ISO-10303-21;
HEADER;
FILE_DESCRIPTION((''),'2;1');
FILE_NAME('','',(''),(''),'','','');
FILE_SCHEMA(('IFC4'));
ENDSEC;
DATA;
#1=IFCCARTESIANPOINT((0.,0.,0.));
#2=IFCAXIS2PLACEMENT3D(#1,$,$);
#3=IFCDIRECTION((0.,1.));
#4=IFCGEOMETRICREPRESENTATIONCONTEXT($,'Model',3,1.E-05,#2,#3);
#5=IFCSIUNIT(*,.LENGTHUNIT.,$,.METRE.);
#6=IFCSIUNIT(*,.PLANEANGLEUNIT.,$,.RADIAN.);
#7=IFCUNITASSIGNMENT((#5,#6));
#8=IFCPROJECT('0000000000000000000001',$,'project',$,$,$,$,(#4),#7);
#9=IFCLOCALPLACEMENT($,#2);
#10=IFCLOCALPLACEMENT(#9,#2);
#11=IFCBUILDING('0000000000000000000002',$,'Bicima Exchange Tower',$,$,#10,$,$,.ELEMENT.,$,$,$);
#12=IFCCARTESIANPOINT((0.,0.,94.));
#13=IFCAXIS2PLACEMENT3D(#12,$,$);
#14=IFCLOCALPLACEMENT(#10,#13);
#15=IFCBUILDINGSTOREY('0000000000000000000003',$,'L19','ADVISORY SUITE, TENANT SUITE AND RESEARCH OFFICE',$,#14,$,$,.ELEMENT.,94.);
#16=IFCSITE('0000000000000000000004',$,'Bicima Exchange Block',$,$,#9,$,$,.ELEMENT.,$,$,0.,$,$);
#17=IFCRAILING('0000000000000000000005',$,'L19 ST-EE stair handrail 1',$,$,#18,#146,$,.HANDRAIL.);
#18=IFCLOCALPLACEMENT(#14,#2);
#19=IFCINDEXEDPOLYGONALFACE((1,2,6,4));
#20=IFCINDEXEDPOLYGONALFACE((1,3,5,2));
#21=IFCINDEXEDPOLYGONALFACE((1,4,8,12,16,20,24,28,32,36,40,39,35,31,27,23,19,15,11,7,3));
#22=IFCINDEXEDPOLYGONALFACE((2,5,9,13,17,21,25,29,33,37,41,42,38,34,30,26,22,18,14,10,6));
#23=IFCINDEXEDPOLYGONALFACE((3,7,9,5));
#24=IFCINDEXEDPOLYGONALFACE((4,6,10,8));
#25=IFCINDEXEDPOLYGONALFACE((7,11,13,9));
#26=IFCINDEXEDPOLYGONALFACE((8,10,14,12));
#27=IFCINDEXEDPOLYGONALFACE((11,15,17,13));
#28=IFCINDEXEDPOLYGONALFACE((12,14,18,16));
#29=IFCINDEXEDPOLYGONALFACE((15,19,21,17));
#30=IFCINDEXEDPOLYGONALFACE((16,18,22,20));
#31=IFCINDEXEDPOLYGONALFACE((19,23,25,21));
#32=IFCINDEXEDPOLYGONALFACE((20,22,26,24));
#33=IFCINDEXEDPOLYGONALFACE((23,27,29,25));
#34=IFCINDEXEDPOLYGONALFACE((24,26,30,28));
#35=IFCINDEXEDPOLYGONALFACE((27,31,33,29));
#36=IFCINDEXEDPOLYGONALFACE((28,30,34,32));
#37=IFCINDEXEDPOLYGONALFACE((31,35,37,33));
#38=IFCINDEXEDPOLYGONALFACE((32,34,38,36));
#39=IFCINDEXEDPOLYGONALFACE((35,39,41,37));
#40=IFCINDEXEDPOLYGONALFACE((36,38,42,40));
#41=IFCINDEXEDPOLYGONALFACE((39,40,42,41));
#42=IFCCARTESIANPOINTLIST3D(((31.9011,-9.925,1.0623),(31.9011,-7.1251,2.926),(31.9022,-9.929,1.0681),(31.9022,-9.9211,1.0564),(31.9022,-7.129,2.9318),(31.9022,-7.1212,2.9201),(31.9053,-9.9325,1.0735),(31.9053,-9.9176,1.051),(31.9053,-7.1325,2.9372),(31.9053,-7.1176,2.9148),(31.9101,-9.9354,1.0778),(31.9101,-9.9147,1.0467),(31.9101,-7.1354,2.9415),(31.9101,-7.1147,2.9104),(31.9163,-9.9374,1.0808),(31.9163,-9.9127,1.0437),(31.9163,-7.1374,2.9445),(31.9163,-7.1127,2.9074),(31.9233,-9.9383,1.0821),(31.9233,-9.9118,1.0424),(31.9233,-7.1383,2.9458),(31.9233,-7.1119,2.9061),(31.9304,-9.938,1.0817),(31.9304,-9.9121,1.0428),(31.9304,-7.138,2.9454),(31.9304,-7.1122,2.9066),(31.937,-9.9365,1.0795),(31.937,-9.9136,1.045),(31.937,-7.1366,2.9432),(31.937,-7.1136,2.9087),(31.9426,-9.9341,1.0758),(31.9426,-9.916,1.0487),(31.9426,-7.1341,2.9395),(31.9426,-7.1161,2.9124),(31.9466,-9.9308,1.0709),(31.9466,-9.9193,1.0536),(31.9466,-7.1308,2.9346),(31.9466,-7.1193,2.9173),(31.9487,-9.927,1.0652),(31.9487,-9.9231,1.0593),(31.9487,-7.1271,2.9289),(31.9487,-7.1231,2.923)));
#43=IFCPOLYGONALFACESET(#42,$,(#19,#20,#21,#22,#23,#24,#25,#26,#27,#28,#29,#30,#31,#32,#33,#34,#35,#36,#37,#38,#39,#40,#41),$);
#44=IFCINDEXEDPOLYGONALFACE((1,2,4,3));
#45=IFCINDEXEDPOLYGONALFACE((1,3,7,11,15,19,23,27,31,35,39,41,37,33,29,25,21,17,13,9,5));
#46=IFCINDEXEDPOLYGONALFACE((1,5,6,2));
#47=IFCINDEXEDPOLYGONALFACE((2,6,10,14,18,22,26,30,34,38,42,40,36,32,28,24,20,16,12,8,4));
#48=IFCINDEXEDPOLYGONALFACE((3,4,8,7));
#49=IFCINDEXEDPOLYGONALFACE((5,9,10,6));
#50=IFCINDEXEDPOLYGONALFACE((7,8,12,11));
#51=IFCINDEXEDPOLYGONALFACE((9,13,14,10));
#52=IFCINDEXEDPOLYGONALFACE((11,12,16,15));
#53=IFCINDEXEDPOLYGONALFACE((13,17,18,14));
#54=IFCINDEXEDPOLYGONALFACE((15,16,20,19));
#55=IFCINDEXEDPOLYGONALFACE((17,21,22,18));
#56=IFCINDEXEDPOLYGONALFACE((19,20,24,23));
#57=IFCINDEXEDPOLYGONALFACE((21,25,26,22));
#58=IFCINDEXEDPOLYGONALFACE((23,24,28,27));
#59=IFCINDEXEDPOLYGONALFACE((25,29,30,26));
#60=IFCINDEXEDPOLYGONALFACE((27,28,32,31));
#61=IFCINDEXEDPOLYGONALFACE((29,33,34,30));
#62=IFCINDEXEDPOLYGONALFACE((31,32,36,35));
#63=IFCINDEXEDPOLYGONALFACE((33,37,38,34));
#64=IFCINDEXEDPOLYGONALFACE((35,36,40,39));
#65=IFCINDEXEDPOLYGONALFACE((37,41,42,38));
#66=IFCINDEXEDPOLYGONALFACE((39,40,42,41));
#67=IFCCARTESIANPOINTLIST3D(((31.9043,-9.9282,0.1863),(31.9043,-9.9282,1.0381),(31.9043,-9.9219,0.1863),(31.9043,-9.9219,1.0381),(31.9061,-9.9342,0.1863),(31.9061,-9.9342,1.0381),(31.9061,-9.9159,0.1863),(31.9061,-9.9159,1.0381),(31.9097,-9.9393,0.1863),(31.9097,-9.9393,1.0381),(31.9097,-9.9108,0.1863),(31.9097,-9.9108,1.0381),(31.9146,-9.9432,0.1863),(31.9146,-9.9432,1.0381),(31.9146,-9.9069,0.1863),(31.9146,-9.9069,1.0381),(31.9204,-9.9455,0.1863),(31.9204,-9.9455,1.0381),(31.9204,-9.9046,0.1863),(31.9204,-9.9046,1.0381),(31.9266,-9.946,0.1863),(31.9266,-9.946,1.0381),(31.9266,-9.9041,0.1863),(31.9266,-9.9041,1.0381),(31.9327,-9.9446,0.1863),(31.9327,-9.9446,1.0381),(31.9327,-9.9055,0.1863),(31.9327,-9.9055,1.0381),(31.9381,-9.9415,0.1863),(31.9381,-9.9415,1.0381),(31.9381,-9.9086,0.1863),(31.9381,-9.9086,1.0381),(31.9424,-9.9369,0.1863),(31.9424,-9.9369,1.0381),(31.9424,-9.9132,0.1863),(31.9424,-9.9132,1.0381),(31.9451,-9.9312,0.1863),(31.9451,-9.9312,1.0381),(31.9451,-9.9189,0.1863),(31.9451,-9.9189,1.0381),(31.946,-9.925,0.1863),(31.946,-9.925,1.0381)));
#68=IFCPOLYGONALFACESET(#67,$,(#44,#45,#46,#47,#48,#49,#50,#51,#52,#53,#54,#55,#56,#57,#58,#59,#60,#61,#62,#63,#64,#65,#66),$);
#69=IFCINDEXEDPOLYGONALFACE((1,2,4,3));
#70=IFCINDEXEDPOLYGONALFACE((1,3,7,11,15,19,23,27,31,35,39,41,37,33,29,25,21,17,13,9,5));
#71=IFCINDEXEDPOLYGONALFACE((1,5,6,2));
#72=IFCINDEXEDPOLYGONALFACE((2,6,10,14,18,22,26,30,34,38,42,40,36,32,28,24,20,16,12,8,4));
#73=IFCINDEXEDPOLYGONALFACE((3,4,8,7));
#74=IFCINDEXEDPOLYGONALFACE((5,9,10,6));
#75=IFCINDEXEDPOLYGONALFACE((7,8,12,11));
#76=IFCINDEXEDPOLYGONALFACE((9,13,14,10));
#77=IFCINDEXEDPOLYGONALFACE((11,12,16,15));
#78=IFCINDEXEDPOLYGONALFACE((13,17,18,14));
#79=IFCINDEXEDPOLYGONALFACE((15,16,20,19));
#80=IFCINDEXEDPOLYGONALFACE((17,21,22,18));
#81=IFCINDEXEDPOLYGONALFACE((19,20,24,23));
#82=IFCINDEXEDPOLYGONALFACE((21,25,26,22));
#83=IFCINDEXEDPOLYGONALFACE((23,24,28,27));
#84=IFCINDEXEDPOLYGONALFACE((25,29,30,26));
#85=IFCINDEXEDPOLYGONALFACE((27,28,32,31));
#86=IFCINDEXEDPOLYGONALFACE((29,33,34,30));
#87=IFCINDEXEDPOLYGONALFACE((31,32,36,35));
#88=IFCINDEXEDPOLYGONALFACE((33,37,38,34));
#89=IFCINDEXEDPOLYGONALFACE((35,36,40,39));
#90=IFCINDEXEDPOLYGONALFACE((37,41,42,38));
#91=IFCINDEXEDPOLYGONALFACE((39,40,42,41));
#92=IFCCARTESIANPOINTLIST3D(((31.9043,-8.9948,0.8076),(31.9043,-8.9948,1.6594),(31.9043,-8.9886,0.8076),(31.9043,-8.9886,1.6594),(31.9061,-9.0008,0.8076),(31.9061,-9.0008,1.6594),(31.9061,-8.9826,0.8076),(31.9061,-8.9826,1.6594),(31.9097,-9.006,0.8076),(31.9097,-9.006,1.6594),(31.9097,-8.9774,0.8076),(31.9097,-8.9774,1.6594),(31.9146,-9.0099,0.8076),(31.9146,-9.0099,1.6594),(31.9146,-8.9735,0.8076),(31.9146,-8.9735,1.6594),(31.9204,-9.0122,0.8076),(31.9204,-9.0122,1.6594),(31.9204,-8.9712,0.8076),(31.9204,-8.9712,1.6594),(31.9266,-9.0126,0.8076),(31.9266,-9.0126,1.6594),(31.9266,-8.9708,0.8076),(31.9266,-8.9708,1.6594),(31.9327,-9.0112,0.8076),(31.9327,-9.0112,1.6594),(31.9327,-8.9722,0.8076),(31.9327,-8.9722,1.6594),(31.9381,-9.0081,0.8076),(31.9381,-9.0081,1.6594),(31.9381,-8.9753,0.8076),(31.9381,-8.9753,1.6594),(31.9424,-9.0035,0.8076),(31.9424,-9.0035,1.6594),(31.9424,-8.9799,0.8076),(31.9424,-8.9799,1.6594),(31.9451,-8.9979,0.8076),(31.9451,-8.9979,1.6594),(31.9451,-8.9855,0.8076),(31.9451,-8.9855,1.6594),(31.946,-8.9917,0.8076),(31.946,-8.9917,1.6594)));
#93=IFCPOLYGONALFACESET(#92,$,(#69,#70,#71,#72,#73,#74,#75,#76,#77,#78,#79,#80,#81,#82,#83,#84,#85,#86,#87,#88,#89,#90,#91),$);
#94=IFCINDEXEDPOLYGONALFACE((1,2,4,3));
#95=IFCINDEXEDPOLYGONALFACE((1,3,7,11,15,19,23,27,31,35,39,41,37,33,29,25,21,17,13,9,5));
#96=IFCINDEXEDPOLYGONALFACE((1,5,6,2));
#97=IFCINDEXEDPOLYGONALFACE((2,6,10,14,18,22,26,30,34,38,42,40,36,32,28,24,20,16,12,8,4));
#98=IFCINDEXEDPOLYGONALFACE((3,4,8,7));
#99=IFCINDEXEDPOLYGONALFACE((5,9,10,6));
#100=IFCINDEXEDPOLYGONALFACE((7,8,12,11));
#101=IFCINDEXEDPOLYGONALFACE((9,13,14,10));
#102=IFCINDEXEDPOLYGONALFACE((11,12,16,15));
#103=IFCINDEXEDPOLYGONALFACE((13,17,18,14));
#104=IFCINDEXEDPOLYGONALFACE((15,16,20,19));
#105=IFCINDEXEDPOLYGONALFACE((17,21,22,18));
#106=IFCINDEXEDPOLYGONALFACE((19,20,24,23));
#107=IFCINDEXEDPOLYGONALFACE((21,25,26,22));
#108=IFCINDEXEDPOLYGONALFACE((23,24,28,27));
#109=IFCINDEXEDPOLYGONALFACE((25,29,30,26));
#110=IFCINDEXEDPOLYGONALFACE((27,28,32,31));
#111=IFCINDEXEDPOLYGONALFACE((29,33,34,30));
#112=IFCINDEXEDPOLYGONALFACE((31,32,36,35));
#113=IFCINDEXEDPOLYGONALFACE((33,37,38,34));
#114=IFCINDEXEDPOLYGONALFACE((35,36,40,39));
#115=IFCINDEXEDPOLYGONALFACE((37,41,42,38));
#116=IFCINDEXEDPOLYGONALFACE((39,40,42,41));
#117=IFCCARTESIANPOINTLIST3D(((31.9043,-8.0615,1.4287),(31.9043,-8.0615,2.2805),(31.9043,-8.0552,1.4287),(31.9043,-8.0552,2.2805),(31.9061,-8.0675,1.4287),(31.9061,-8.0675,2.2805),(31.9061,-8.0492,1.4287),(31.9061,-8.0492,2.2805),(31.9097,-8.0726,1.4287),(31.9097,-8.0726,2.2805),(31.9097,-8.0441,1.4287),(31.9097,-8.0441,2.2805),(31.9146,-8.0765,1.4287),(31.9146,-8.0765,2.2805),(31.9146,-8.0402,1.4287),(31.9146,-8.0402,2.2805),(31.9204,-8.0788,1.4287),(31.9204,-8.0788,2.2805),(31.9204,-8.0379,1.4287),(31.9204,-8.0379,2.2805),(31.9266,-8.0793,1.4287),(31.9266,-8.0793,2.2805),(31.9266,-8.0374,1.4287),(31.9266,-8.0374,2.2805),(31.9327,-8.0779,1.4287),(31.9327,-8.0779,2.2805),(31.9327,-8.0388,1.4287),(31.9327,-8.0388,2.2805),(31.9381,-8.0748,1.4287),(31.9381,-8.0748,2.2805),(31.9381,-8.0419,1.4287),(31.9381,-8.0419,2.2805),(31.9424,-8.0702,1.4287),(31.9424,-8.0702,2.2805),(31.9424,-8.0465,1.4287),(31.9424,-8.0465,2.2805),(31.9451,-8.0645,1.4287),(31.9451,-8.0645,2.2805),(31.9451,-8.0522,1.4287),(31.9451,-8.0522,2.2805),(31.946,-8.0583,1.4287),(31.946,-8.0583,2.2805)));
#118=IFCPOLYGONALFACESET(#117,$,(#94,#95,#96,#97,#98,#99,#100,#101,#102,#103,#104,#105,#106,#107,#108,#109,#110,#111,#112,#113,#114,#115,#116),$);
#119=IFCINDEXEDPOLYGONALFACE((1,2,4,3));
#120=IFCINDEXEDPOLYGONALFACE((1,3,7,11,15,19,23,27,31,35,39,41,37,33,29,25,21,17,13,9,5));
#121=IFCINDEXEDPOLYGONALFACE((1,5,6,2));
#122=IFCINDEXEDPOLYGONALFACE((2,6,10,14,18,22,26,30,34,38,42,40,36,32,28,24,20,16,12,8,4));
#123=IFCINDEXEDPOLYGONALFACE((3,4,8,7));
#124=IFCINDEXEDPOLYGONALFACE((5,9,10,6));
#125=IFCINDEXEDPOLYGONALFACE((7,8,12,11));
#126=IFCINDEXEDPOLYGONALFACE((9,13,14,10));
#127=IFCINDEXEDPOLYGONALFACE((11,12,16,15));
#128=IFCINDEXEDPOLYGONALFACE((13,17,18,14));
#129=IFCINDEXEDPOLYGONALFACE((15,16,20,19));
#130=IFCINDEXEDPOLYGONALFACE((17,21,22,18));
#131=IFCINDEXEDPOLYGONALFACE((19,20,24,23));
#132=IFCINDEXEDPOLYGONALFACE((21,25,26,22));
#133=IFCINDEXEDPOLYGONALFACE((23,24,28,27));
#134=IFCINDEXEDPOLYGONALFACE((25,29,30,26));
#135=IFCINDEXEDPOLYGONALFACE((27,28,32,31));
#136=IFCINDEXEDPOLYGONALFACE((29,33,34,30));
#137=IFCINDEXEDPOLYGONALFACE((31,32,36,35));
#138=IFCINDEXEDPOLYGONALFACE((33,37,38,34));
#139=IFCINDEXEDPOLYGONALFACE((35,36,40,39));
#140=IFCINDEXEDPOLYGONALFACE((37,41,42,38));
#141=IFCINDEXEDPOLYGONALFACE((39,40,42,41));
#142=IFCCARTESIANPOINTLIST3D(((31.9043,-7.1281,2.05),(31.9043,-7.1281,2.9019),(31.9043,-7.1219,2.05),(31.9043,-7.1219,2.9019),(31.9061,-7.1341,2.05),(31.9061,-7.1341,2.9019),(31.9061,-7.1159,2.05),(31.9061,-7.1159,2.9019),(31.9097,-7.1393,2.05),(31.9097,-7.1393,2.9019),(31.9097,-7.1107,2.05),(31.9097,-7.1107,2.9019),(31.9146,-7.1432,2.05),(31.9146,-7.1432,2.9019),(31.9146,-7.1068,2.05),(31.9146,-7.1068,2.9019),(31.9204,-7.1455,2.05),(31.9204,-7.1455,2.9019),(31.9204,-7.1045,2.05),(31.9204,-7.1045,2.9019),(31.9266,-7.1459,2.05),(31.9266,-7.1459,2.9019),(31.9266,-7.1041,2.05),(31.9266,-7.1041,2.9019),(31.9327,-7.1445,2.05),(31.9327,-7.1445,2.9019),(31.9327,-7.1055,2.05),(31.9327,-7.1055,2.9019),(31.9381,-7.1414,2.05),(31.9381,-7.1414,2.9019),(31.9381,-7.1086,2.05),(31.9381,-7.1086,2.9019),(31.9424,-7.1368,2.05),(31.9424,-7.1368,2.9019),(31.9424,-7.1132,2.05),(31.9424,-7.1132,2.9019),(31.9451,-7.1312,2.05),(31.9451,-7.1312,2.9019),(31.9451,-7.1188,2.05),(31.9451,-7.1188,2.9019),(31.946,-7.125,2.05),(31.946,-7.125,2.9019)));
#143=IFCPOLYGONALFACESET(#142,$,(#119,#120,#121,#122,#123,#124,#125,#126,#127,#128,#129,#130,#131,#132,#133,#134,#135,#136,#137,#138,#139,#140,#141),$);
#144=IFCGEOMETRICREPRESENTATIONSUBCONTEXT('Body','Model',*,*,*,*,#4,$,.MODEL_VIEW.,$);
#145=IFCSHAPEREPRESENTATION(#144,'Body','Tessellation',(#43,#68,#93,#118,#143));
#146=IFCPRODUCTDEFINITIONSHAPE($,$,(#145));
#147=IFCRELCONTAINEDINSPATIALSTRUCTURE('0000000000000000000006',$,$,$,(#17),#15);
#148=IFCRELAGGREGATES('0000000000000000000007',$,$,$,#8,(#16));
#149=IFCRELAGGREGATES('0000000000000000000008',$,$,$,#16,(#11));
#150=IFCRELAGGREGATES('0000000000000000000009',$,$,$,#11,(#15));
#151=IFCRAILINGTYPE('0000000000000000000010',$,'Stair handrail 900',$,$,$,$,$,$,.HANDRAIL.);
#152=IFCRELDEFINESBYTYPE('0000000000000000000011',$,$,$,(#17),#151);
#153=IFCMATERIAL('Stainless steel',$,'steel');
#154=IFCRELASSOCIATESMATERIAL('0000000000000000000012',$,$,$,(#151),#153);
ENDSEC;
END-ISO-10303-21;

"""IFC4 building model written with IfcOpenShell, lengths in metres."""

from ifc_helpers import new_model, si_unit, direction, frame, origin, origin_2d, place, context, subcontext, project, spatial, circle, extrude, material, type_object, element, save


model = new_model("IFC4")

# Units and contexts
model_context = context("Model", 3, precision=1e-05, world=origin(), true_north=direction((0.0, 1.0)))
body_context = subcontext(model_context, "Body", "Model", "MODEL_VIEW")
ifc_project = project(units=[si_unit("LENGTHUNIT", "METRE"), si_unit("PLANEANGLEUNIT", "RADIAN")], contexts=[model_context])

# Site, building, storey
site_placement = place(None, origin())
site = spatial("IfcSite", under=ifc_project, at=site_placement, Name="Bicima Exchange Block", CompositionType="ELEMENT", RefElevation=0.0)
building_placement = place(site_placement, origin())
building = spatial("IfcBuilding", under=site, at=building_placement, Name="Bicima Exchange Tower", CompositionType="ELEMENT")
storey_placement = place(building_placement, frame((0.0, 0.0, 94.0)))
storey = spatial("IfcBuildingStorey", under=building, at=storey_placement, Name="L19", Description="ADVISORY SUITE, TENANT SUITE AND RESEARCH OFFICE", CompositionType="ELEMENT", Elevation=94.0)

# Railing
ifc_material_1 = material(Name="Stainless steel", Category="steel")
railing_type_1 = type_object("IfcRailingType", Name="Stair handrail 900", PredefinedType="HANDRAIL", material=ifc_material_1)
railing_1_placement = place(storey_placement, frame((31.925, -9.925, 0.1863)))
element("IfcRailing", 1, at=railing_1_placement, inside=storey, type_object=railing_type_1, Name="L19 ST-EE stair handrail 1", PredefinedType="HANDRAIL", context=body_context, shape_type="SweptSolid", body=[
    extrude(circle(Radius=0.0239, at=origin_2d()), frame((0.0, 0.0, 0.876), z_axis=(0.0, 0.832452, 0.554097), x_axis=(-1.0, 0.0, 0.0)), (0.0, 0.0, 1.0), 3.3635),
    extrude(circle(Radius=0.021, at=origin_2d()), origin(), (0.0, 0.0, 1.0), 0.8518),
    extrude(circle(Radius=0.021, at=origin_2d()), frame((0.0, 0.9333, 0.6213)), (0.0, 0.0, 1.0), 0.8518),
    extrude(circle(Radius=0.021, at=origin_2d()), frame((0.0, 1.8667, 1.2424)), (0.0, 0.0, 1.0), 0.8518),
    extrude(circle(Radius=0.021, at=origin_2d()), frame((0.0, 2.8, 1.8638)), (0.0, 0.0, 1.0), 0.8518),
])

save(model, "model.ifc")
